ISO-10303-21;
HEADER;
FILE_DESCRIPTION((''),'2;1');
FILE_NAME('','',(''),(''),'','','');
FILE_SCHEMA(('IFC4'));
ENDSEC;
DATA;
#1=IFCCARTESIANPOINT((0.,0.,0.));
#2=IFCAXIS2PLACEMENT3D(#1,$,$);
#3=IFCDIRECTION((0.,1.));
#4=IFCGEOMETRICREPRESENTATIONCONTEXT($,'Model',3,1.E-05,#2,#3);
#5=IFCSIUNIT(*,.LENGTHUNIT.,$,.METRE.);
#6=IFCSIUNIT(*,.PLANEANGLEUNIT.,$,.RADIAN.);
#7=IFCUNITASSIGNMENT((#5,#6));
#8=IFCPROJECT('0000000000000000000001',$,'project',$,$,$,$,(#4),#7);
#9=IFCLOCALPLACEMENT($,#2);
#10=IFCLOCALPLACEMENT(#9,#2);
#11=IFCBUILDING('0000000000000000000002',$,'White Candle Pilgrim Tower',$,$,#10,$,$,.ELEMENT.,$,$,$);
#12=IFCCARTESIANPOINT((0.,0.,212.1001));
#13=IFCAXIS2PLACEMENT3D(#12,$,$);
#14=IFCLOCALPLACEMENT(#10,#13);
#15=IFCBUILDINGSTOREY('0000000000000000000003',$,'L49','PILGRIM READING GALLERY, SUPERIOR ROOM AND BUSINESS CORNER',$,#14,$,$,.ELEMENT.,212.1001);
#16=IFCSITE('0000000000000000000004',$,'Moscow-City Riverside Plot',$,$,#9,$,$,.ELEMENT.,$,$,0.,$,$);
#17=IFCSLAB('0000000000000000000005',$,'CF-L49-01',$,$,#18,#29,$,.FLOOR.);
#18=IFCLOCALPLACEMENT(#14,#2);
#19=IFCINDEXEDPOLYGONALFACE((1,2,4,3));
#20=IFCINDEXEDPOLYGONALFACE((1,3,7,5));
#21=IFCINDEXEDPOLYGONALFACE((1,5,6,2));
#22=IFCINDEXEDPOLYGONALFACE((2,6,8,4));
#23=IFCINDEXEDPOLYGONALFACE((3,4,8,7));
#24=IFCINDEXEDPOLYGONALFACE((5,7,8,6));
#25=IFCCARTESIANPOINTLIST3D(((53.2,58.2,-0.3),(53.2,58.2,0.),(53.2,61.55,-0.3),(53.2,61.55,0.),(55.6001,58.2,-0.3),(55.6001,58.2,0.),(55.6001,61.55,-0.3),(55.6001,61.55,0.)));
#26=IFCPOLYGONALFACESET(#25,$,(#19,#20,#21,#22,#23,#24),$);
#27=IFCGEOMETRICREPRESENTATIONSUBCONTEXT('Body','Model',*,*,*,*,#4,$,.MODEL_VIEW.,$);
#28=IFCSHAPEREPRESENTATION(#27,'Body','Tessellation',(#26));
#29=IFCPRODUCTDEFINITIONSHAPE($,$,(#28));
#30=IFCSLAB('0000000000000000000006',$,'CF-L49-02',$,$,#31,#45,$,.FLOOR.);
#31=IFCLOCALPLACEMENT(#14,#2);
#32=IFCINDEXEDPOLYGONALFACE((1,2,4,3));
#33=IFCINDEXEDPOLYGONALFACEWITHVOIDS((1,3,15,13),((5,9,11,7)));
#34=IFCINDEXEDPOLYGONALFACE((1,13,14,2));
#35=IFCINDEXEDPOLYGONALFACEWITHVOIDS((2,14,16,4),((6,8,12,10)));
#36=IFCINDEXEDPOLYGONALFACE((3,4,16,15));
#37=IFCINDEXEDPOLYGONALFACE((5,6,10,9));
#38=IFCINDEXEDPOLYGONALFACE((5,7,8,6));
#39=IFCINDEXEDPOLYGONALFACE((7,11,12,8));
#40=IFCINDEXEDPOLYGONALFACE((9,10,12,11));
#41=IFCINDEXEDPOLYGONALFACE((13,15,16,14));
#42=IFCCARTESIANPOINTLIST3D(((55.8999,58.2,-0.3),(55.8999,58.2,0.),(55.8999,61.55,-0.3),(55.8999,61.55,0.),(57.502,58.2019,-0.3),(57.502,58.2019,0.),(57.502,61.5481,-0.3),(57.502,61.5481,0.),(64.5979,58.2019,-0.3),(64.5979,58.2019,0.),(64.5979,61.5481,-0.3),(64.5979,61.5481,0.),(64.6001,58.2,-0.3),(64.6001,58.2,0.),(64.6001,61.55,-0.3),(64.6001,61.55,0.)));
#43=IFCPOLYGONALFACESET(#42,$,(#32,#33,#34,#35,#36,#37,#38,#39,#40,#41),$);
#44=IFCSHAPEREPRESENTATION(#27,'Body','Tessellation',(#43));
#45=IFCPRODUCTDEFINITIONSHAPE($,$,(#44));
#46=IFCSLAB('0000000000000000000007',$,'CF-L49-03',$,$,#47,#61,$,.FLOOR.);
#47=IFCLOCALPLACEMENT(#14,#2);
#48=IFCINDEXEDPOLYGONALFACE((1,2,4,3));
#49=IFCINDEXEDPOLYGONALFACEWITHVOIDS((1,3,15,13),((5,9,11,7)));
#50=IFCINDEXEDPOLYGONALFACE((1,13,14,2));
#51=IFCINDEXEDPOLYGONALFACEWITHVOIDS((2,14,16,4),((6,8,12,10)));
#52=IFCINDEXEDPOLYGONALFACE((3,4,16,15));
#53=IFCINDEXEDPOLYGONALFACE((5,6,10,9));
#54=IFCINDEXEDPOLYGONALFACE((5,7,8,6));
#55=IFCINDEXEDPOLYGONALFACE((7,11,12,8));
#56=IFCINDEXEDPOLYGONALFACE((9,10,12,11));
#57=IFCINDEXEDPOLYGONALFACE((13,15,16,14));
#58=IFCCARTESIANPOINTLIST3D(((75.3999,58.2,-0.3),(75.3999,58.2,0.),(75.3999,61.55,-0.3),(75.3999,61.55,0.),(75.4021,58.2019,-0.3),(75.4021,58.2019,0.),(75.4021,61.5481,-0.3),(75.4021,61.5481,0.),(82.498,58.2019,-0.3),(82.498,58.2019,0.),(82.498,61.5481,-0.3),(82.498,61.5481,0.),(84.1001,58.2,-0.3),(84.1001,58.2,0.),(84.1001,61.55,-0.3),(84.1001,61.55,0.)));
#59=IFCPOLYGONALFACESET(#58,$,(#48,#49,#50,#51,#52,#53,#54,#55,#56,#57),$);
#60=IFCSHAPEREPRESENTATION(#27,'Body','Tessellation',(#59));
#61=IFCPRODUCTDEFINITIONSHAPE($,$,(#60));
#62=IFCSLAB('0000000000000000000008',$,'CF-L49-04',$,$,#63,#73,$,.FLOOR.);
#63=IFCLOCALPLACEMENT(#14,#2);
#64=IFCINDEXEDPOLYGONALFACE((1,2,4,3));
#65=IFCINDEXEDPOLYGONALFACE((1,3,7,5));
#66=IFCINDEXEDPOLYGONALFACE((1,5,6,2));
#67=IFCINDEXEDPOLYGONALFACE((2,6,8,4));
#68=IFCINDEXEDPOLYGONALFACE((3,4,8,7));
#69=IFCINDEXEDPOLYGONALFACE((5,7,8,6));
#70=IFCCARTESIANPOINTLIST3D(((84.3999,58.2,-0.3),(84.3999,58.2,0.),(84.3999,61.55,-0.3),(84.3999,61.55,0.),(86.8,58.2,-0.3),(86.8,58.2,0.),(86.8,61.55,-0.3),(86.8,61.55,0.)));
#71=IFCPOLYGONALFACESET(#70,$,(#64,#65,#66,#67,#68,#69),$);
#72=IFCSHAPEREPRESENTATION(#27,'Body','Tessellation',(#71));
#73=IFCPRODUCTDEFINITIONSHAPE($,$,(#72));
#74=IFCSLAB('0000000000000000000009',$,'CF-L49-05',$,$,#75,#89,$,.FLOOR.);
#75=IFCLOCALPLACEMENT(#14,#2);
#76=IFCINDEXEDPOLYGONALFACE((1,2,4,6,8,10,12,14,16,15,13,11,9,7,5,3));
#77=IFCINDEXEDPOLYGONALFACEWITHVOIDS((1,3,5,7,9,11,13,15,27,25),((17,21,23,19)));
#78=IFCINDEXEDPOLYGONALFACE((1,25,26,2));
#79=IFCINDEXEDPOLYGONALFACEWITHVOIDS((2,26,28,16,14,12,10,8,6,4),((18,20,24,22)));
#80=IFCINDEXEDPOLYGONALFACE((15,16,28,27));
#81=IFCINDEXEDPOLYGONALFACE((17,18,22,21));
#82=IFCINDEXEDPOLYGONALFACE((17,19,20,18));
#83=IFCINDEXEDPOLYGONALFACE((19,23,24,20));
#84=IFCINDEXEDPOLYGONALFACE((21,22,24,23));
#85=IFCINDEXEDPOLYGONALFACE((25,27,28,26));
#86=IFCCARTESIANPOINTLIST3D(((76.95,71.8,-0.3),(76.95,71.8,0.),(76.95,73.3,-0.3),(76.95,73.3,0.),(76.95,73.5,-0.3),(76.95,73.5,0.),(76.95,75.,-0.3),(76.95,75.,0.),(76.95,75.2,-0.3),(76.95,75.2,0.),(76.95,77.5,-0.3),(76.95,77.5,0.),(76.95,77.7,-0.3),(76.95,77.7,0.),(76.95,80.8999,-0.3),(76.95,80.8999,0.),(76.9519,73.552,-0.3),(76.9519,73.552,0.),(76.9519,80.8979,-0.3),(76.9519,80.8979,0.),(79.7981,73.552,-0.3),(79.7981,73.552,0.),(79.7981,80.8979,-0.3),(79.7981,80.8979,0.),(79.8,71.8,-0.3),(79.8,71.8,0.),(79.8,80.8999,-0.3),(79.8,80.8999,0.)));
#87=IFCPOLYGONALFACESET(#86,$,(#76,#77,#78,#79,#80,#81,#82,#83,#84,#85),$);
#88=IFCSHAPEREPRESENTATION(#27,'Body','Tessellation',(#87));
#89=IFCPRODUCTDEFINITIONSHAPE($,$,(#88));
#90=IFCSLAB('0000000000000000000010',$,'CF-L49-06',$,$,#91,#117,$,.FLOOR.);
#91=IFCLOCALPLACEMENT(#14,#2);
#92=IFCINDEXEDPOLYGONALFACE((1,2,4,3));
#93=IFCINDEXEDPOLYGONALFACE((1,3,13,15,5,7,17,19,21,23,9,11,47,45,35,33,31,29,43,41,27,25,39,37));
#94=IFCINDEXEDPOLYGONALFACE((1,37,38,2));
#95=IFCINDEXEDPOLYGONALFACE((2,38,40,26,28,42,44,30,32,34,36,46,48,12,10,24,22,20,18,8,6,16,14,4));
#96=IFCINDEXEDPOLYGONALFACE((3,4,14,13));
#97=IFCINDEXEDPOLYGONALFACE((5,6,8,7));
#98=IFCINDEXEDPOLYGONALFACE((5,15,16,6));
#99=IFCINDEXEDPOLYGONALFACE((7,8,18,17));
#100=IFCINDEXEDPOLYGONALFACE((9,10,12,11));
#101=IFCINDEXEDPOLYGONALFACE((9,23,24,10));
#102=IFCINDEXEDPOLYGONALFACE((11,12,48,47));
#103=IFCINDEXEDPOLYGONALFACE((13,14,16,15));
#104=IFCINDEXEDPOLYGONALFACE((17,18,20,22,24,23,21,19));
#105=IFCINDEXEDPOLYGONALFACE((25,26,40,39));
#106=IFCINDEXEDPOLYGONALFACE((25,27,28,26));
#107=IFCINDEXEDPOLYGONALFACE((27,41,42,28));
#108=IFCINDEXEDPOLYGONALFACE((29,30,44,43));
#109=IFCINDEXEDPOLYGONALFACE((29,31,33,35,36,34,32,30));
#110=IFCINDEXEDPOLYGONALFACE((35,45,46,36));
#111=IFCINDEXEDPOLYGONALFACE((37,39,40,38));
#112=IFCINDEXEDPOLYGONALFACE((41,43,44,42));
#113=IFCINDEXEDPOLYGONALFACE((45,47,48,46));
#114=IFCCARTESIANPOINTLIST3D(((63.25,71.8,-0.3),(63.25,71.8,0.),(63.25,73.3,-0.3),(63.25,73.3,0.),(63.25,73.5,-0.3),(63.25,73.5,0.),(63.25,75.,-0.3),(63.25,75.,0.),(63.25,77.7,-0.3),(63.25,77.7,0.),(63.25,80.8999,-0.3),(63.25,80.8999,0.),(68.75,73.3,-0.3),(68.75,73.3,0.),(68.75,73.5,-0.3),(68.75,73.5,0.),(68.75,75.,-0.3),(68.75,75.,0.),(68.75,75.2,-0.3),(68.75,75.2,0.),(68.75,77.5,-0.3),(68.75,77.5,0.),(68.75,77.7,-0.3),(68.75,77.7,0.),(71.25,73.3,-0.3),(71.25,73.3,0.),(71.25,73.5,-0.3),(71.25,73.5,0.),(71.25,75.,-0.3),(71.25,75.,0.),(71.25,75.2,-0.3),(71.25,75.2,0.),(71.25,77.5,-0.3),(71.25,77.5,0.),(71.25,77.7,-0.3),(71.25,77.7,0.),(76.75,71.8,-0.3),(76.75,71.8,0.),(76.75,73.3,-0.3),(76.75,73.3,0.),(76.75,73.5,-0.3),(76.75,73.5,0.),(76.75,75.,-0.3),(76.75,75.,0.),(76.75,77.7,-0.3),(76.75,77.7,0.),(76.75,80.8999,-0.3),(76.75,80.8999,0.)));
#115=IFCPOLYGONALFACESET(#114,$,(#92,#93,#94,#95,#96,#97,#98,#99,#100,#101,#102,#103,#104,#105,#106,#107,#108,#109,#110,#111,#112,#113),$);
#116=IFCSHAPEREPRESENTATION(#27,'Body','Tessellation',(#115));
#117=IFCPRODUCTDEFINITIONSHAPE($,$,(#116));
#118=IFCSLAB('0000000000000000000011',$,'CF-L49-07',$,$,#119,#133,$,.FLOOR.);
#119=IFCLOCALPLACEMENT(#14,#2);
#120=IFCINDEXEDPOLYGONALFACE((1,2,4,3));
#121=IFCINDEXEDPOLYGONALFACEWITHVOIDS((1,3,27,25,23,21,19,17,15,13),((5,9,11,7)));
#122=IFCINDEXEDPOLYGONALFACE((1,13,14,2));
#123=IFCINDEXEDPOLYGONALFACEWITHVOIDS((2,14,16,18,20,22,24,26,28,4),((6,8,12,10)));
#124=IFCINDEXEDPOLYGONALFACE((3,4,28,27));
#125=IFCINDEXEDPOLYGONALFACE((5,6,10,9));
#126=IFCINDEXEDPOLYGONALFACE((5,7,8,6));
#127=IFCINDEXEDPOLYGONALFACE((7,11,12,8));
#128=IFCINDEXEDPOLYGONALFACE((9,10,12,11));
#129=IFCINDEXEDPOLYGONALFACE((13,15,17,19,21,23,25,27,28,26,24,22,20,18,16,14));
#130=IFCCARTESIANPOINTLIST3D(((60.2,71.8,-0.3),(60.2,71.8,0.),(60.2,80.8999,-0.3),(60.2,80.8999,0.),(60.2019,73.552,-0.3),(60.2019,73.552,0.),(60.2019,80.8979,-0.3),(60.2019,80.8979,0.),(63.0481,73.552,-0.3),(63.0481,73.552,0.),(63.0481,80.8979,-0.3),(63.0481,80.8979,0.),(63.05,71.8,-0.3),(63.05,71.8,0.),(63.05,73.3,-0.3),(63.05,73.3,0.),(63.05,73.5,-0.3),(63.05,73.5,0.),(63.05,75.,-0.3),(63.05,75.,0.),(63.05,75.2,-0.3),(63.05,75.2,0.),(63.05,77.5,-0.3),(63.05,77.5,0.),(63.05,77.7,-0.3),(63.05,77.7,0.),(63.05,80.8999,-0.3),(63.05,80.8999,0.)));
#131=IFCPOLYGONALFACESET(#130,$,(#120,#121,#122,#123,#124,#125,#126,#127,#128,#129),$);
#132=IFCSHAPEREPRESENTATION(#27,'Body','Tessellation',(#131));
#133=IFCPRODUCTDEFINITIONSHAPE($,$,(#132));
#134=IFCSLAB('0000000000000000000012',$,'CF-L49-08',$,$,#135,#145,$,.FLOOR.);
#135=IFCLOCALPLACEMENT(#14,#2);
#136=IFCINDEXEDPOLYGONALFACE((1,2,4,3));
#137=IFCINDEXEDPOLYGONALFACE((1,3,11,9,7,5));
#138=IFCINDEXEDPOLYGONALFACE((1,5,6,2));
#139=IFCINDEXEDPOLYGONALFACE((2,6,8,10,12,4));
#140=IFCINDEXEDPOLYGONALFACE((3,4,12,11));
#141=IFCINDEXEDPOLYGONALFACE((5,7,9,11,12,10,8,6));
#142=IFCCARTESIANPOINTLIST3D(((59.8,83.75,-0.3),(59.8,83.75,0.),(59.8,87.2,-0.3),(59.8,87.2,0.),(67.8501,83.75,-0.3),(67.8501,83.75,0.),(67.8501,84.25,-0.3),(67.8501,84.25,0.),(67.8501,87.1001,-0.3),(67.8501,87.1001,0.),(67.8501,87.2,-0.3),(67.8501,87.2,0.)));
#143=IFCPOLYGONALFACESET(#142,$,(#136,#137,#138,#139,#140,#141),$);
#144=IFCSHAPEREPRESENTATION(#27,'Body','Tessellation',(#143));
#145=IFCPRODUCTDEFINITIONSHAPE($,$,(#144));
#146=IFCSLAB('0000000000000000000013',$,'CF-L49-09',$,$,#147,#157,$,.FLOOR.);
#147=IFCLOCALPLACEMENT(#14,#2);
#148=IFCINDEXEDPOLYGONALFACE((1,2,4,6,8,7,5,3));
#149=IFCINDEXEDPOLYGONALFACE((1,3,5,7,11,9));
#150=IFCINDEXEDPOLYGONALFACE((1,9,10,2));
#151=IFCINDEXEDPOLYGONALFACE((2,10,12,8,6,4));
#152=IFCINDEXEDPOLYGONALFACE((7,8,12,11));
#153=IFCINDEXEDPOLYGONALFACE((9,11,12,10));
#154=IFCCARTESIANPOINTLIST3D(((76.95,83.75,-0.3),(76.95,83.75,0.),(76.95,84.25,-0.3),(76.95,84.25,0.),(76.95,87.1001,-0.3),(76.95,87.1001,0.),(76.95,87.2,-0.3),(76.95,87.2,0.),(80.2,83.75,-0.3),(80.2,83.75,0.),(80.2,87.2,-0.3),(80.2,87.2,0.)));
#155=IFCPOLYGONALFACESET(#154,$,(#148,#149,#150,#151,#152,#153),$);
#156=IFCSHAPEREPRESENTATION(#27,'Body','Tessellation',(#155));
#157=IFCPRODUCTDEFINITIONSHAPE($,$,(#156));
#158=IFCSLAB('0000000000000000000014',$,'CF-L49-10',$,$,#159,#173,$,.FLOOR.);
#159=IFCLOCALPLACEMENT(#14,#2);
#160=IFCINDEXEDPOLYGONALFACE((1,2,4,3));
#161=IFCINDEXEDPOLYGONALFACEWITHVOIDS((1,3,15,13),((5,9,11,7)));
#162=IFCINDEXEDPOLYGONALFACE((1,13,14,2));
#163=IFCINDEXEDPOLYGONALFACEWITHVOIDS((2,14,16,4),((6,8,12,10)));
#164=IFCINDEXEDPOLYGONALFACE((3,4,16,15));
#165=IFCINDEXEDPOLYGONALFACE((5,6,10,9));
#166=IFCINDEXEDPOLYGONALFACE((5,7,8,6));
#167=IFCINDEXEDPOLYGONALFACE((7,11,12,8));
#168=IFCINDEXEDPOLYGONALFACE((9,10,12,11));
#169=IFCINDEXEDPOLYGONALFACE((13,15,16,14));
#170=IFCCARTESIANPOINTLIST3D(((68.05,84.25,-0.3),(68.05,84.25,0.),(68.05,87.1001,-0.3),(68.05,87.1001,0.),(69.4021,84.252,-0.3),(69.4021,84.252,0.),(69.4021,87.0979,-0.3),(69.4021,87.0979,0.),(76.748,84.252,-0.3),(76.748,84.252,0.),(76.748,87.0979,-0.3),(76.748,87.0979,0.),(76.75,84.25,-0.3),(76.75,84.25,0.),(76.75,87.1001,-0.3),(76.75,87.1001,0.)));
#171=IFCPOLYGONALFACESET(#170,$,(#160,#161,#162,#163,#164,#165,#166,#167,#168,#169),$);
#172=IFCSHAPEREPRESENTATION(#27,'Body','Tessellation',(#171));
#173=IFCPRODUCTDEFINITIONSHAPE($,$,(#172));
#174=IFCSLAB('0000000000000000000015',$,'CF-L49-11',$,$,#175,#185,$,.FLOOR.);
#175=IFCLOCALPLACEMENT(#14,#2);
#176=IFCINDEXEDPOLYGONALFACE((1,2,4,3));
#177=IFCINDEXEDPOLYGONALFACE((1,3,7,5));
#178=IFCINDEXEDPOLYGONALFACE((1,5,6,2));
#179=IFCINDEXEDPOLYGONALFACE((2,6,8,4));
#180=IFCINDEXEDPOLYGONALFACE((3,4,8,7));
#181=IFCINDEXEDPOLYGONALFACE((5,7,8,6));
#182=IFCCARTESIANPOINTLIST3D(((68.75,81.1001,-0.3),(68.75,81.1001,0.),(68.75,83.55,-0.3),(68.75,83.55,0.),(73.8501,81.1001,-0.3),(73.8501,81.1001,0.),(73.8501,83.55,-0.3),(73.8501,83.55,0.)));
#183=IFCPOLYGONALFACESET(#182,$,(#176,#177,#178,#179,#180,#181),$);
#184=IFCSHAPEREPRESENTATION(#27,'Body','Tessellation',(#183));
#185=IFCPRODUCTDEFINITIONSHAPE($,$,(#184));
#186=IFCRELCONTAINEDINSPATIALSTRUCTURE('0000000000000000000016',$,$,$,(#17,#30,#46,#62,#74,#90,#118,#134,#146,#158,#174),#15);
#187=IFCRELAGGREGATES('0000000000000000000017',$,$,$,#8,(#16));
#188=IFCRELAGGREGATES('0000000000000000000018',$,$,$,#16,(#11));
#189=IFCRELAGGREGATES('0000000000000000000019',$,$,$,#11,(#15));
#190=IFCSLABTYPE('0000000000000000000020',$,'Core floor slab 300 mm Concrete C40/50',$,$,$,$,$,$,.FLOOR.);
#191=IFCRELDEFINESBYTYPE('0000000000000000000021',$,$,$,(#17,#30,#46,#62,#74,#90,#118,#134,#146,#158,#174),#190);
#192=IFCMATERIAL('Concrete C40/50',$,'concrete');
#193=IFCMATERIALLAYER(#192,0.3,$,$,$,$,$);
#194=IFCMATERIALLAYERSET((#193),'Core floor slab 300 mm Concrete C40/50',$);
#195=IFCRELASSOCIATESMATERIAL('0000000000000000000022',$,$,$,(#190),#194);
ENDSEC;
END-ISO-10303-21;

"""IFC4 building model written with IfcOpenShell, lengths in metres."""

from ifc_helpers import new_model, si_unit, direction, frame, origin, place, context, subcontext, project, spatial, polyline, outline, extrude, material, layer, layer_set, type_object, element, save


model = new_model("IFC4")

# Units and contexts
model_context = context("Model", 3, precision=1e-05, world=origin(), true_north=direction((0.0, 1.0)))
body_context = subcontext(model_context, "Body", "Model", "MODEL_VIEW")
ifc_project = project(units=[si_unit("LENGTHUNIT", "METRE"), si_unit("PLANEANGLEUNIT", "RADIAN")], contexts=[model_context])

# Site, building, storey
site_placement = place(None, origin())
site = spatial("IfcSite", under=ifc_project, at=site_placement, Name="Moscow-City Riverside Plot", CompositionType="ELEMENT", RefElevation=0.0)
building_placement = place(site_placement, origin())
building = spatial("IfcBuilding", under=site, at=building_placement, Name="White Candle Pilgrim Tower", CompositionType="ELEMENT")
storey_placement = place(building_placement, frame((0.0, 0.0, 212.1001)))
storey = spatial("IfcBuildingStorey", under=building, at=storey_placement, Name="L49", Description="PILGRIM READING GALLERY, SUPERIOR ROOM AND BUSINESS CORNER", CompositionType="ELEMENT", Elevation=212.1001)

# Slabs
ifc_material = material(Name="Concrete C40/50", Category="concrete")
ifc_layer_1 = layer(ifc_material, 0.3)
ifc_layer_set_1 = layer_set([ifc_layer_1], Name="Core floor slab 300 mm Concrete C40/50")
slab_type_1 = type_object("IfcSlabType", Name="Core floor slab 300 mm Concrete C40/50", PredefinedType="FLOOR", material=ifc_layer_set_1)
slab_1_placement = place(storey_placement, frame((0.0, 0.0, -0.3)))
element("IfcSlab", 1, at=slab_1_placement, inside=storey, type_object=slab_type_1, Name="CF-L49-01", PredefinedType="FLOOR", context=body_context, shape_type="SweptSolid", body=[
    extrude(outline(polyline([(55.6001, 58.2), (53.2, 58.2), (53.2, 61.55), (55.6001, 61.55), (55.6001, 58.2)])), origin(), (0.0, 0.0, 1.0), 0.3),
])
slab_2_placement = place(storey_placement, frame((0.0, 0.0, -0.3)))
element("IfcSlab", 2, at=slab_2_placement, inside=storey, type_object=slab_type_1, Name="CF-L49-02", PredefinedType="FLOOR", context=body_context, shape_type="SweptSolid", body=[
    extrude(outline(polyline([(55.8999, 58.2), (55.8999, 61.55), (64.6001, 61.55), (64.6001, 58.2), (55.8999, 58.2)]), holes=[polyline([(57.502, 61.5481), (57.502, 58.2019), (64.5979, 58.2019), (64.5979, 61.5481), (57.502, 61.5481)])]), origin(), (0.0, 0.0, 1.0), 0.3),
])
slab_3_placement = place(storey_placement, frame((0.0, 0.0, -0.3)))
element("IfcSlab", 3, at=slab_3_placement, inside=storey, type_object=slab_type_1, Name="CF-L49-03", PredefinedType="FLOOR", context=body_context, shape_type="SweptSolid", body=[
    extrude(outline(polyline([(75.3999, 58.2), (75.3999, 61.55), (84.1001, 61.55), (84.1001, 58.2), (75.3999, 58.2)]), holes=[polyline([(82.498, 58.2019), (82.498, 61.5481), (75.4021, 61.5481), (75.4021, 58.2019), (82.498, 58.2019)])]), origin(), (0.0, 0.0, 1.0), 0.3),
])
slab_4_placement = place(storey_placement, frame((0.0, 0.0, -0.3)))
element("IfcSlab", 4, at=slab_4_placement, inside=storey, type_object=slab_type_1, Name="CF-L49-04", PredefinedType="FLOOR", context=body_context, shape_type="SweptSolid", body=[
    extrude(outline(polyline([(86.8, 58.2), (84.3999, 58.2), (84.3999, 61.55), (86.8, 61.55), (86.8, 58.2)])), origin(), (0.0, 0.0, 1.0), 0.3),
])
slab_5_placement = place(storey_placement, frame((0.0, 0.0, -0.3)))
element("IfcSlab", 5, at=slab_5_placement, inside=storey, type_object=slab_type_1, Name="CF-L49-05", PredefinedType="FLOOR", context=body_context, shape_type="SweptSolid", body=[
    extrude(outline(polyline([(76.95, 71.8), (76.95, 73.3), (76.95, 73.5), (76.95, 75.0), (76.95, 75.2), (76.95, 77.5), (76.95, 77.7), (76.95, 80.8999), (79.8, 80.8999), (79.8, 71.8), (76.95, 71.8)]), holes=[polyline([(76.9519, 73.552), (79.7981, 73.552), (79.7981, 80.8979), (76.9519, 80.8979), (76.9519, 73.552)])]), origin(), (0.0, 0.0, 1.0), 0.3),
])
slab_6_placement = place(storey_placement, frame((0.0, 0.0, -0.3)))
element("IfcSlab", 6, at=slab_6_placement, inside=storey, type_object=slab_type_1, Name="CF-L49-06", PredefinedType="FLOOR", context=body_context, shape_type="SweptSolid", body=[
    extrude(outline(polyline([(63.25, 71.8), (63.25, 73.3), (68.75, 73.3), (68.75, 73.5), (63.25, 73.5), (63.25, 75.0), (68.75, 75.0), (68.75, 75.2), (68.75, 77.5), (68.75, 77.7), (63.25, 77.7), (63.25, 80.8999), (76.75, 80.8999), (76.75, 77.7), (71.25, 77.7), (71.25, 77.5), (71.25, 75.2), (71.25, 75.0), (76.75, 75.0), (76.75, 73.5), (71.25, 73.5), (71.25, 73.3), (76.75, 73.3), (76.75, 71.8), (63.25, 71.8)])), origin(), (0.0, 0.0, 1.0), 0.3),
])
slab_7_placement = place(storey_placement, frame((0.0, 0.0, -0.3)))
element("IfcSlab", 7, at=slab_7_placement, inside=storey, type_object=slab_type_1, Name="CF-L49-07", PredefinedType="FLOOR", context=body_context, shape_type="SweptSolid", body=[
    extrude(outline(polyline([(60.2, 71.8), (60.2, 80.8999), (63.05, 80.8999), (63.05, 77.7), (63.05, 77.5), (63.05, 75.2), (63.05, 75.0), (63.05, 73.5), (63.05, 73.3), (63.05, 71.8), (60.2, 71.8)]), holes=[polyline([(60.2019, 73.552), (63.0481, 73.552), (63.0481, 80.8979), (60.2019, 80.8979), (60.2019, 73.552)])]), origin(), (0.0, 0.0, 1.0), 0.3),
])
slab_8_placement = place(storey_placement, frame((0.0, 0.0, -0.3)))
element("IfcSlab", 8, at=slab_8_placement, inside=storey, type_object=slab_type_1, Name="CF-L49-08", PredefinedType="FLOOR", context=body_context, shape_type="SweptSolid", body=[
    extrude(outline(polyline([(59.8, 87.2), (67.8501, 87.2), (67.8501, 87.1001), (67.8501, 84.25), (67.8501, 83.75), (59.8, 83.75), (59.8, 87.2)])), origin(), (0.0, 0.0, 1.0), 0.3),
])
slab_9_placement = place(storey_placement, frame((0.0, 0.0, -0.3)))
element("IfcSlab", 9, at=slab_9_placement, inside=storey, type_object=slab_type_1, Name="CF-L49-09", PredefinedType="FLOOR", context=body_context, shape_type="SweptSolid", body=[
    extrude(outline(polyline([(80.2, 87.2), (80.2, 83.75), (76.95, 83.75), (76.95, 84.25), (76.95, 87.1001), (76.95, 87.2), (80.2, 87.2)])), origin(), (0.0, 0.0, 1.0), 0.3),
])
slab_10_placement = place(storey_placement, frame((0.0, 0.0, -0.3)))
element("IfcSlab", 10, at=slab_10_placement, inside=storey, type_object=slab_type_1, Name="CF-L49-10", PredefinedType="FLOOR", context=body_context, shape_type="SweptSolid", body=[
    extrude(outline(polyline([(68.05, 87.1001), (76.75, 87.1001), (76.75, 84.25), (68.05, 84.25), (68.05, 87.1001)]), holes=[polyline([(69.4021, 87.0979), (69.4021, 84.252), (76.748, 84.252), (76.748, 87.0979), (69.4021, 87.0979)])]), origin(), (0.0, 0.0, 1.0), 0.3),
])
slab_11_placement = place(storey_placement, frame((0.0, 0.0, -0.3)))
element("IfcSlab", 11, at=slab_11_placement, inside=storey, type_object=slab_type_1, Name="CF-L49-11", PredefinedType="FLOOR", context=body_context, shape_type="SweptSolid", body=[
    extrude(outline(polyline([(73.8501, 83.55), (73.8501, 81.1001), (68.75, 81.1001), (68.75, 83.55), (73.8501, 83.55)])), origin(), (0.0, 0.0, 1.0), 0.3),
])

save(model, "model.ifc")
